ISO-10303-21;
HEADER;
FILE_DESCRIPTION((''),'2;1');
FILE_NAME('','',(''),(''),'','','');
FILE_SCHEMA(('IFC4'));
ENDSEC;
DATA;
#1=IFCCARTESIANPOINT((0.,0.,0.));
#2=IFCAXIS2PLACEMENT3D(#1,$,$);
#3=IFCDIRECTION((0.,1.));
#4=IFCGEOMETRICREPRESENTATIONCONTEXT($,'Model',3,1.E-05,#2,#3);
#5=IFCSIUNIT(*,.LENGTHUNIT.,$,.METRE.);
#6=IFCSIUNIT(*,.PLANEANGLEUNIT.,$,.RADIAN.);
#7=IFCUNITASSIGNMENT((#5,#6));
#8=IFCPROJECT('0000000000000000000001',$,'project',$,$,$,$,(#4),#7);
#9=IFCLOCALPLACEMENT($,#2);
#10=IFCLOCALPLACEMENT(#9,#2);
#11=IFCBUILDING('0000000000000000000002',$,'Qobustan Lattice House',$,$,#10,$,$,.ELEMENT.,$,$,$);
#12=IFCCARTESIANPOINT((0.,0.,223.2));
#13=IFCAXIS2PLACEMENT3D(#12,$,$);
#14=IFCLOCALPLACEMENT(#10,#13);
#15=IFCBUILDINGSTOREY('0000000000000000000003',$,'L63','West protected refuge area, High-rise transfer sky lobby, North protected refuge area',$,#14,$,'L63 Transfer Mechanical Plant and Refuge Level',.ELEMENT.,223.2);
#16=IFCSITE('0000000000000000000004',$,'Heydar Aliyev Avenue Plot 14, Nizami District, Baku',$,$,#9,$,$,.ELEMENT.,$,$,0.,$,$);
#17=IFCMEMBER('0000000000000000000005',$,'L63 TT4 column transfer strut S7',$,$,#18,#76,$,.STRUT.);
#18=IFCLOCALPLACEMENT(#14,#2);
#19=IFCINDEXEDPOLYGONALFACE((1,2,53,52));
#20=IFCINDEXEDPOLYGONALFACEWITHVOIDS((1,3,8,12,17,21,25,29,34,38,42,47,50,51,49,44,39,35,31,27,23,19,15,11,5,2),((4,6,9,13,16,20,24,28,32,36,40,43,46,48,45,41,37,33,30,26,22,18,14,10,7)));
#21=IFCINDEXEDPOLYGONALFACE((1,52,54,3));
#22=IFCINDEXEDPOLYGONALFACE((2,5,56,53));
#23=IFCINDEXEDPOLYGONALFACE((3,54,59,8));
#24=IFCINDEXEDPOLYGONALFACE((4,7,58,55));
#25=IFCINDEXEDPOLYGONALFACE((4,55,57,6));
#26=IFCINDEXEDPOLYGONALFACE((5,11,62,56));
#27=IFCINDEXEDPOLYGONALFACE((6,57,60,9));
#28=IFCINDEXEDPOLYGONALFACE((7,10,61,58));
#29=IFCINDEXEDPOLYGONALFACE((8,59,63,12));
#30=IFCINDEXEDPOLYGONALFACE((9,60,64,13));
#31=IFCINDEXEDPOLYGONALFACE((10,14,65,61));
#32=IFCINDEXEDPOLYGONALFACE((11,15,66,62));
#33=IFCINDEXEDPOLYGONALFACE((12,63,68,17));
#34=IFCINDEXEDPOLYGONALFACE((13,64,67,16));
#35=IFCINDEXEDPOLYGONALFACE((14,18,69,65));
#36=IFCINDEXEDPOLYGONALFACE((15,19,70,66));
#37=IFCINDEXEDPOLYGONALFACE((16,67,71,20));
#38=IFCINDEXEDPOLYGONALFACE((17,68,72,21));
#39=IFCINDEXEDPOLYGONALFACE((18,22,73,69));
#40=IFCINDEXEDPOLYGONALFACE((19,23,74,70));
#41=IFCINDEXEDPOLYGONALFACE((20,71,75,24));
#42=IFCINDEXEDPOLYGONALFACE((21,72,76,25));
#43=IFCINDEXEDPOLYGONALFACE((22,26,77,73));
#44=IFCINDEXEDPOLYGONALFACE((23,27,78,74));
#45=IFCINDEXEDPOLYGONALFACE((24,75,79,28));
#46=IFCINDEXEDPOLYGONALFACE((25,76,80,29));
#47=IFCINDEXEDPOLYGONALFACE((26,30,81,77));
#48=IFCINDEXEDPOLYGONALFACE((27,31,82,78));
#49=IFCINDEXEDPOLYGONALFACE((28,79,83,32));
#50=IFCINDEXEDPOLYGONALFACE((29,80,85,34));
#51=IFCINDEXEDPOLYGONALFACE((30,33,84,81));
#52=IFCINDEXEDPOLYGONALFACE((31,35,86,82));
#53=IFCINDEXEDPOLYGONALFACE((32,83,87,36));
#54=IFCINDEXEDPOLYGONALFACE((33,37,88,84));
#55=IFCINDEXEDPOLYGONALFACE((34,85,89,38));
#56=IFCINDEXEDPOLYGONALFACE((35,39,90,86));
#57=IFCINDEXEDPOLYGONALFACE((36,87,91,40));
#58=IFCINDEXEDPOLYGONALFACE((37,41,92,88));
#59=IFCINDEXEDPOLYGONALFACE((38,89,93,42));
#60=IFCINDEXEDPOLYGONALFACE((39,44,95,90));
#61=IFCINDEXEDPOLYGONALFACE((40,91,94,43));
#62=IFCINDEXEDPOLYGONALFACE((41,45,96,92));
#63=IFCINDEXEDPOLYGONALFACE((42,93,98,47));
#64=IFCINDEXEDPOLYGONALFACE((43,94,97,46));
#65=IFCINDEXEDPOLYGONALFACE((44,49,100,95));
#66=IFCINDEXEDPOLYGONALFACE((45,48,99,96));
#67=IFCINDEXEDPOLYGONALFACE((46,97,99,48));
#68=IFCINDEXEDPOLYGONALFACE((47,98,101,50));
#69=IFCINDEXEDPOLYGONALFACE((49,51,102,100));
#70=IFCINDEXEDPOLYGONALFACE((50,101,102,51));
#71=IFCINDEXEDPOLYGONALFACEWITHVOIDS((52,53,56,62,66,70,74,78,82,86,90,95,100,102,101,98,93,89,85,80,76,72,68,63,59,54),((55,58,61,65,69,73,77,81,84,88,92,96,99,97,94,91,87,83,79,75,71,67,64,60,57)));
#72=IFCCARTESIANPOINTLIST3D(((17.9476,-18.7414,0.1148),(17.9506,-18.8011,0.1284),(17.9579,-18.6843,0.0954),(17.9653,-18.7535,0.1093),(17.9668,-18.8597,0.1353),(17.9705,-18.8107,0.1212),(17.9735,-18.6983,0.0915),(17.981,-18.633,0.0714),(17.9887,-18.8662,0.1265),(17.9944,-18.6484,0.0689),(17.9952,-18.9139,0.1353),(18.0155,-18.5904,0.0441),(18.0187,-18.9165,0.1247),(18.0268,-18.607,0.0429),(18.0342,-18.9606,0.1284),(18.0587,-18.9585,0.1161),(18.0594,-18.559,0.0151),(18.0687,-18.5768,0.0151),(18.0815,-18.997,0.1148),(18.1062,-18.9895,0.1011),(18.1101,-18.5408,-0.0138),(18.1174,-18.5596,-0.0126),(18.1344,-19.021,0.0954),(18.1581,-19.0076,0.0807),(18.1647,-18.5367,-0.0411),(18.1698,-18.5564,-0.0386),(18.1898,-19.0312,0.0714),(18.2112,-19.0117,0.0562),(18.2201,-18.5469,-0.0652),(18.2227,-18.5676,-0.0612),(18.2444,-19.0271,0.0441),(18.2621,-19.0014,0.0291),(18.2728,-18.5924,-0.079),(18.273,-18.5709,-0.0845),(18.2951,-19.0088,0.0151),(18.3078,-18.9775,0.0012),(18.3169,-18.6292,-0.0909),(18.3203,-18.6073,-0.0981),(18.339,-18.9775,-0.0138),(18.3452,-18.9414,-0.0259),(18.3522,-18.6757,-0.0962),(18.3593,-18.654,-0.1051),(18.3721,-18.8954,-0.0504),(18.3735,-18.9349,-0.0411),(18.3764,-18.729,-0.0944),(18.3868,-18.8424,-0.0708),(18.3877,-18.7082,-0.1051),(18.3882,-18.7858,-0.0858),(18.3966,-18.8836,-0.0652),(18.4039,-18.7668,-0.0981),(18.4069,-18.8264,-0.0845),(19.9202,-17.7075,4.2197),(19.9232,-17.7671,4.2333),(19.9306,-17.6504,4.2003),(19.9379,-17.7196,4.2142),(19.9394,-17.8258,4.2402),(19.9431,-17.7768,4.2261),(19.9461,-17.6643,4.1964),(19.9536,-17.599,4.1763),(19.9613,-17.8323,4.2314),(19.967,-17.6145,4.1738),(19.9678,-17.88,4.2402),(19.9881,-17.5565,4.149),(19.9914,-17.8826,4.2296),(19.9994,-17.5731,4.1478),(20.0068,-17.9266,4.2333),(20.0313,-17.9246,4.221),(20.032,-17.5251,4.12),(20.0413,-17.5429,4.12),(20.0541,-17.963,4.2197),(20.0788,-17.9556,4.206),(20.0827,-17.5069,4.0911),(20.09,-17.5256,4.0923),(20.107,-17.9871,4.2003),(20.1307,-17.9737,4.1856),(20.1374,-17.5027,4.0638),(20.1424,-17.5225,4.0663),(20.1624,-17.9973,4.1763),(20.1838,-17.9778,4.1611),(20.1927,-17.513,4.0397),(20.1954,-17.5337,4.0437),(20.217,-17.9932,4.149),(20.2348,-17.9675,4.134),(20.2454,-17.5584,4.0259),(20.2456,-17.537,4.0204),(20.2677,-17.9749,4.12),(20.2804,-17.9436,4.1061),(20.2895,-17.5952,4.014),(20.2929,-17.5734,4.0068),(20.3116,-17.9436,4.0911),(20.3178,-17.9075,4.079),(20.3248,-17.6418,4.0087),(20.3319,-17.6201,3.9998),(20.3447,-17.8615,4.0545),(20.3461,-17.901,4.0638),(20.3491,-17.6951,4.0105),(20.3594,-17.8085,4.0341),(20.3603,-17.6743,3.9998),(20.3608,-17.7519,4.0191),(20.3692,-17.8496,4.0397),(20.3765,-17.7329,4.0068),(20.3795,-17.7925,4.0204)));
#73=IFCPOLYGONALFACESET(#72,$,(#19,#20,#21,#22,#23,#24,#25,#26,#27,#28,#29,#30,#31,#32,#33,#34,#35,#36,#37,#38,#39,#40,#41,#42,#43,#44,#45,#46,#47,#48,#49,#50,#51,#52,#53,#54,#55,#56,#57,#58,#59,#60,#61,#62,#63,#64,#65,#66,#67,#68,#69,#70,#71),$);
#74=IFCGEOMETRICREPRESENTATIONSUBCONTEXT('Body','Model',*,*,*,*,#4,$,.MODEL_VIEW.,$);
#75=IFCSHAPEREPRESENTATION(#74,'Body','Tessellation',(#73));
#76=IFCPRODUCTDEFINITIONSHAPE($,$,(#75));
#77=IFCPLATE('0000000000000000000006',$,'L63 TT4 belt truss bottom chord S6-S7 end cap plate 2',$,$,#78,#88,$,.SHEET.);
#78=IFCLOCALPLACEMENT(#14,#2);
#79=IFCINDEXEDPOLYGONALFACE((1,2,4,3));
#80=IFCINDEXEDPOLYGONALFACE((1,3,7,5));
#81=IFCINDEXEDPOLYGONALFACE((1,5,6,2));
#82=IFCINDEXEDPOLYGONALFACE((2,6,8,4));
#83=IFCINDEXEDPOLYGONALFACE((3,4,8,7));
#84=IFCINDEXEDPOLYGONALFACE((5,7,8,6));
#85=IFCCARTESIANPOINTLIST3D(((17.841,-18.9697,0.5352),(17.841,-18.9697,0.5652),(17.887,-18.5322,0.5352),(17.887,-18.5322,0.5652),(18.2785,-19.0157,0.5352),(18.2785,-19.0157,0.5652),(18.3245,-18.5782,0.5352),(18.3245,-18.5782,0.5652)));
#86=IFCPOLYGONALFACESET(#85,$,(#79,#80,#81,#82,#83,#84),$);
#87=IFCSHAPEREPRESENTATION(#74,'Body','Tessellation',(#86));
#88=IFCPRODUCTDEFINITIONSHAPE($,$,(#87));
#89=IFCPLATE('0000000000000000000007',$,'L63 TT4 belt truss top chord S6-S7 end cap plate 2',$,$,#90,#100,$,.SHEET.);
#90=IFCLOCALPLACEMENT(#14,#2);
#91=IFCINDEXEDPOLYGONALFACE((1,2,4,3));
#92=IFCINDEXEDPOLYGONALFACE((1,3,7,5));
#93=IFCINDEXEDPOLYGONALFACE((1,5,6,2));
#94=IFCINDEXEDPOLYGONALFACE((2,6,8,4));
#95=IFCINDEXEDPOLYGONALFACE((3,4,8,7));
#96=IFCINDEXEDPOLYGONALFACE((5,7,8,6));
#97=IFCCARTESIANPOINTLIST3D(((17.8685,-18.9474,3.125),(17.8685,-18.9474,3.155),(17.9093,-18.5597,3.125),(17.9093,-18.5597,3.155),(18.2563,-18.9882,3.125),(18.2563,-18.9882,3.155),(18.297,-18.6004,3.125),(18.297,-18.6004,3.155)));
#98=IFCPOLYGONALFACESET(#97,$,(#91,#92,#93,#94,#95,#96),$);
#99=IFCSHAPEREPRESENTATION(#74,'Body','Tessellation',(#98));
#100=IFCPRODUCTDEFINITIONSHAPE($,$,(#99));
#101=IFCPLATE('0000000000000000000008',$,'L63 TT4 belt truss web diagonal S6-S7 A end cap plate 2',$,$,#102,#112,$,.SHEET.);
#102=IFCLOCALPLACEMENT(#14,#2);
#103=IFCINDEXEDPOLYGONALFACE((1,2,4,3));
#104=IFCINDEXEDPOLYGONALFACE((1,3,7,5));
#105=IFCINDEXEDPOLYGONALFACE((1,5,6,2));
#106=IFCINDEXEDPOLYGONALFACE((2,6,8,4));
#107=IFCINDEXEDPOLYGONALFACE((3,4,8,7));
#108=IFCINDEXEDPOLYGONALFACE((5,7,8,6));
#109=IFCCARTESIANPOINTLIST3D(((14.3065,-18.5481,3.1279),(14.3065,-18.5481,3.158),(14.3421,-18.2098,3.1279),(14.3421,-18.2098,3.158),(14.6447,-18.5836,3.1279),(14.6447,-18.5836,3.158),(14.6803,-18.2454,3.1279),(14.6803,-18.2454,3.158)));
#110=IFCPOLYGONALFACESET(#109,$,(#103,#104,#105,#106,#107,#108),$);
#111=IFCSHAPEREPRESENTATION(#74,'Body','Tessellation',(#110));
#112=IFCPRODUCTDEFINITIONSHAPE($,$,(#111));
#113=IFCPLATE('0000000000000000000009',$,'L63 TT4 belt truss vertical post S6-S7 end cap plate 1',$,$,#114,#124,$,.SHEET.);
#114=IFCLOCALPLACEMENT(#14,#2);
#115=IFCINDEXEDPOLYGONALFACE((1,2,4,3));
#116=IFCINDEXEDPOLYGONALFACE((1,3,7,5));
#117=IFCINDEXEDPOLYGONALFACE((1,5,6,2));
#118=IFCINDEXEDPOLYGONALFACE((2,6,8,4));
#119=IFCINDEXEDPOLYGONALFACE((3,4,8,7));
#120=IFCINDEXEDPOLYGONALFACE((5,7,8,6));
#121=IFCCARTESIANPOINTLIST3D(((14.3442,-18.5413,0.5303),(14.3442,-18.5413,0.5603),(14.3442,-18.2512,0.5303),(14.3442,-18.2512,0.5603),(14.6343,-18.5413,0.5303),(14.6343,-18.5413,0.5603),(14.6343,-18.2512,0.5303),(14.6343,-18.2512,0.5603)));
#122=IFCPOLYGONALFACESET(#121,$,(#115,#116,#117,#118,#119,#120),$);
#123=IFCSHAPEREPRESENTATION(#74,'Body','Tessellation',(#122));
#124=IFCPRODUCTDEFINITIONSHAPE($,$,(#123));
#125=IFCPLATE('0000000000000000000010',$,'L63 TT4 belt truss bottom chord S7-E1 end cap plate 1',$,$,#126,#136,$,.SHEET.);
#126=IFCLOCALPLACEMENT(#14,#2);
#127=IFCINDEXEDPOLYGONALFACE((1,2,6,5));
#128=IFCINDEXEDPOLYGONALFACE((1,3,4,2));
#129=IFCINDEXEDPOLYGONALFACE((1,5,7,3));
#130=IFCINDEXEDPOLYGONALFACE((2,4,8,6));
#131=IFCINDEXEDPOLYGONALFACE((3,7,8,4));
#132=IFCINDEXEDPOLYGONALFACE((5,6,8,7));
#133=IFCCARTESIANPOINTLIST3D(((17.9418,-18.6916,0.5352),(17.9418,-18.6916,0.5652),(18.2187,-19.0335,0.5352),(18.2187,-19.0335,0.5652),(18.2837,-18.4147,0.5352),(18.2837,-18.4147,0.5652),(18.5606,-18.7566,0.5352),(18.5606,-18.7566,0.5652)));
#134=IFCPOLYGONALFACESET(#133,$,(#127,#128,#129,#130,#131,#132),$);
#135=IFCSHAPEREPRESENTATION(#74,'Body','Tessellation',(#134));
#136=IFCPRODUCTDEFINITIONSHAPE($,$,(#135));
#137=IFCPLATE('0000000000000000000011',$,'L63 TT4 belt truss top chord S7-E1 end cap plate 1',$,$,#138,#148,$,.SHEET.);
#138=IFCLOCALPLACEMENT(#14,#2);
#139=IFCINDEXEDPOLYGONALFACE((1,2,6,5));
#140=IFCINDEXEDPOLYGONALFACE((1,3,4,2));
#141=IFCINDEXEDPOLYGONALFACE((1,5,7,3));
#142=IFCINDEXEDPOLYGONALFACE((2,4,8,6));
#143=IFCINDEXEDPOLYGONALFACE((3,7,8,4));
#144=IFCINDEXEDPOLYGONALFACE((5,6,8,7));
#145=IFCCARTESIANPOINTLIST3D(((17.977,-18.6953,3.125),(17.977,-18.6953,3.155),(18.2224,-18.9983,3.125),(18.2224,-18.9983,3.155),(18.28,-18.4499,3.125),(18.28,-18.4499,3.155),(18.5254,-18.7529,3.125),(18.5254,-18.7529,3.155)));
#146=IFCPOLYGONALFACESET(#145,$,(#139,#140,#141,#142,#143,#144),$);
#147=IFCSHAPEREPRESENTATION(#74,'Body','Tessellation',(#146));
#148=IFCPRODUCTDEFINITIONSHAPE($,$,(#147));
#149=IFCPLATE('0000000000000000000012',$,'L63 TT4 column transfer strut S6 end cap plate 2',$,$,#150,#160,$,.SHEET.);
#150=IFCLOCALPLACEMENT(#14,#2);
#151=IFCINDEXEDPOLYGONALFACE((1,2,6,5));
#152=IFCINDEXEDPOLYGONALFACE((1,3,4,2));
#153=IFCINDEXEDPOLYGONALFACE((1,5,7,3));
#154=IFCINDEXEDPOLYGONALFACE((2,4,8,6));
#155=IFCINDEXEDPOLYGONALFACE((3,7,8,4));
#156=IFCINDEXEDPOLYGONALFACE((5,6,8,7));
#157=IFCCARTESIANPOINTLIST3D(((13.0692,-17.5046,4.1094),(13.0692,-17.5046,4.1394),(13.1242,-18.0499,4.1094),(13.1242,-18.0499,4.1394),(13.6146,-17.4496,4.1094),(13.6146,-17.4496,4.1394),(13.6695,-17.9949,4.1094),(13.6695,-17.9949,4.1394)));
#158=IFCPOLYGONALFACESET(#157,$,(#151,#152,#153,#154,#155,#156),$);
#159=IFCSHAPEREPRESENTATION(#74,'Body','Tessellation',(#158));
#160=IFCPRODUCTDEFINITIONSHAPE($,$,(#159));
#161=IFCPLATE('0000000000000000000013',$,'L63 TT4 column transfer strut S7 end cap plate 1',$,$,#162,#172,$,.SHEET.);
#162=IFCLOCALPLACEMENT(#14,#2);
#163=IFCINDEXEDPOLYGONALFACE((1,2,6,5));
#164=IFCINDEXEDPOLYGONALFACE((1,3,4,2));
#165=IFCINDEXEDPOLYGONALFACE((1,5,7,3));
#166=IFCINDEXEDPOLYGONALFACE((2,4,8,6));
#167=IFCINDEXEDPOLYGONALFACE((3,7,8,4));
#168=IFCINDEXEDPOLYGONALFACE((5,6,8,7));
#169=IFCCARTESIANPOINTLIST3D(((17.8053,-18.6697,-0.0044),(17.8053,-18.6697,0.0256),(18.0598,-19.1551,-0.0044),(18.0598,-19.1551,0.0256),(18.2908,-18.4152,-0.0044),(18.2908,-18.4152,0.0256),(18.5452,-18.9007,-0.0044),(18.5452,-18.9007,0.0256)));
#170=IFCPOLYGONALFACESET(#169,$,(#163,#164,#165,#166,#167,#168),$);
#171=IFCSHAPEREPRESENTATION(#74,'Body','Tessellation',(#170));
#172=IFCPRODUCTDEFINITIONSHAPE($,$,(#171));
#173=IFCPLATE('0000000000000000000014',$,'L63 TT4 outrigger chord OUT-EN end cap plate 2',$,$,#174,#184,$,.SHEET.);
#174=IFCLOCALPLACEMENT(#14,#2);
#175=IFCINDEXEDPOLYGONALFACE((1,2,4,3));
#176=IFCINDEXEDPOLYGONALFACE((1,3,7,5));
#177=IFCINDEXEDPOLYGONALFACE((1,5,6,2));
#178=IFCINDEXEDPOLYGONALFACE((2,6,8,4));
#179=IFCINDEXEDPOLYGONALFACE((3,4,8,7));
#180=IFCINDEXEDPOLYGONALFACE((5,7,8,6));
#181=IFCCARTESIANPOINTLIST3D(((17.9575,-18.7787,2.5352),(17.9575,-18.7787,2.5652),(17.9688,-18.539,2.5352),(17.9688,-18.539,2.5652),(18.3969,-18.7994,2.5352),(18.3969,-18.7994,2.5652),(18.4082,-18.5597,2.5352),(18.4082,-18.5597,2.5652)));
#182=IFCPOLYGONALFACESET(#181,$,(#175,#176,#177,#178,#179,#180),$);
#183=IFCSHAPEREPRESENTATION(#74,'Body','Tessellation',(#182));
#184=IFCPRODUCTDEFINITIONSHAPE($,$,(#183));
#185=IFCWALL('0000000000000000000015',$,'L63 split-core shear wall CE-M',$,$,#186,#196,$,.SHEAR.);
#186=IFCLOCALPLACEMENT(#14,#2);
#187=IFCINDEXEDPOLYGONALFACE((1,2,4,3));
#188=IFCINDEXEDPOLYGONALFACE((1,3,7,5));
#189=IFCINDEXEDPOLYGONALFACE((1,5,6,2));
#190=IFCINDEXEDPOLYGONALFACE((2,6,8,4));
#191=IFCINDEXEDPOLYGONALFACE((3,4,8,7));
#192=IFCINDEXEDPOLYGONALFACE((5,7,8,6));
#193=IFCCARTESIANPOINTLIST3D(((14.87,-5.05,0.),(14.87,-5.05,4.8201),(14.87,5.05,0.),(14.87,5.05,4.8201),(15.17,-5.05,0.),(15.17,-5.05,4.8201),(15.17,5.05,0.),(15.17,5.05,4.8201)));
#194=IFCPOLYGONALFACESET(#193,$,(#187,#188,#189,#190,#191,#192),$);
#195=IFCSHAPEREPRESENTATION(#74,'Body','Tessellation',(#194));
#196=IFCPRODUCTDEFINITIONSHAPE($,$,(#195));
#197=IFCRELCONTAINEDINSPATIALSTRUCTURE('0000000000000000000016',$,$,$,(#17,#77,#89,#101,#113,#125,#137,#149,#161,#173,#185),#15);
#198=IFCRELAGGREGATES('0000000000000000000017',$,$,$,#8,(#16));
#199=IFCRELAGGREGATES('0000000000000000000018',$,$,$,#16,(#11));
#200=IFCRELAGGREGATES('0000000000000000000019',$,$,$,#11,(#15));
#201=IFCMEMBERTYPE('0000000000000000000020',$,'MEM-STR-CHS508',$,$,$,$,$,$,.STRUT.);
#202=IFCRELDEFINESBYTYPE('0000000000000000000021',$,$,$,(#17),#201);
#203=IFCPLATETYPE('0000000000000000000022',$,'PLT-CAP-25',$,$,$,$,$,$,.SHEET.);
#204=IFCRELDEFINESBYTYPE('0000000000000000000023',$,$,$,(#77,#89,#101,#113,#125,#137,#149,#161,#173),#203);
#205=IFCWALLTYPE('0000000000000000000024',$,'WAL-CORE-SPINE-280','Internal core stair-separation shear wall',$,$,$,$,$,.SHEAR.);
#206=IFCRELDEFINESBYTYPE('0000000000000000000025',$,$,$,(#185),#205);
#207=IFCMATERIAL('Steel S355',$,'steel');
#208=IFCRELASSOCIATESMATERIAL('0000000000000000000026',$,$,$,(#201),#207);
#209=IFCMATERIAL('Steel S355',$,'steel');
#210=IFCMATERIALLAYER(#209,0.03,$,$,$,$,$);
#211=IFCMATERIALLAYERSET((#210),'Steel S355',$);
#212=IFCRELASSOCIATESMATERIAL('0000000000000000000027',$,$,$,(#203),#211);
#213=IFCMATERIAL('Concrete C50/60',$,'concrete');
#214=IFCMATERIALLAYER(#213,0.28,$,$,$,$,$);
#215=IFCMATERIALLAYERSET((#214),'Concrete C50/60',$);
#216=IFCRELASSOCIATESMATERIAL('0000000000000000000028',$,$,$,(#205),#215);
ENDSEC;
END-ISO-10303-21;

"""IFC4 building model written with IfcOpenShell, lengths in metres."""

from ifc_helpers import new_model, si_unit, direction, frame, frame_2d, origin, origin_2d, place, context, subcontext, project, spatial, rectangle, hollow_circle, extrude, material, layer, layer_set, material_profile, profile_set, type_object, element, save


model = new_model("IFC4")

# Units and contexts
model_context = context("Model", 3, precision=1e-05, world=origin(), true_north=direction((0.0, 1.0)))
body_context = subcontext(model_context, "Body", "Model", "MODEL_VIEW")
ifc_project = project(units=[si_unit("LENGTHUNIT", "METRE"), si_unit("PLANEANGLEUNIT", "RADIAN")], contexts=[model_context])

# Site, building, storey
site_placement = place(None, origin())
site = spatial("IfcSite", under=ifc_project, at=site_placement, Name="Heydar Aliyev Avenue Plot 14, Nizami District, Baku", CompositionType="ELEMENT", RefElevation=0.0)
building_placement = place(site_placement, origin())
building = spatial("IfcBuilding", under=site, at=building_placement, Name="Qobustan Lattice House", CompositionType="ELEMENT")
storey_placement = place(building_placement, frame((0.0, 0.0, 223.2)))
storey = spatial("IfcBuildingStorey", under=building, at=storey_placement, Name="L63", Description="West protected refuge area, High-rise transfer sky lobby, North protected refuge area", LongName="L63 Transfer Mechanical Plant and Refuge Level", CompositionType="ELEMENT", Elevation=223.2)

# Member
ifc_material_1 = material(Name="Steel S355", Category="steel")
ifc_material_profile_1 = material_profile(ifc_material_1, hollow_circle(Radius=0.2539, WallThickness=0.02, at=origin_2d()), Name="CHS508x20")
ifc_profile_set_1 = profile_set([ifc_material_profile_1], Name="Steel S355")
member_type_1 = type_object("IfcMemberType", Name="MEM-STR-CHS508", PredefinedType="STRUT", material=ifc_profile_set_1)
member_1_placement = place(storey_placement, frame((18.1772, -18.7839, 0.0151), z_axis=(0.422387, 0.221387, 0.878963), x_axis=(-0.464232, 0.885714, 0.0)))
element("IfcMember", 1, at=member_1_placement, inside=storey, type_object=member_type_1, Name="L63 TT4 column transfer strut S7", PredefinedType="STRUT", context=body_context, shape_type="SweptSolid", body=[
    extrude(hollow_circle(Radius=0.2539, WallThickness=0.02, at=origin_2d()), origin(), (0.0, 0.0, 1.0), 4.6702),
])

# Plates
ifc_material_2 = material(Name="Steel S355", Category="steel")
ifc_layer_1 = layer(ifc_material_2, 0.03)
ifc_layer_set_1 = layer_set([ifc_layer_1], Name="Steel S355")
plate_type = type_object("IfcPlateType", Name="PLT-CAP-25", PredefinedType="SHEET", material=ifc_layer_set_1)
plate_1_placement = place(storey_placement, frame((18.0828, -18.7739, 0.5352), z_axis=(0.0, 0.0, 1.0), x_axis=(0.994522, -0.104528, 0.0)))
element("IfcPlate", 2, at=plate_1_placement, inside=storey, type_object=plate_type, Name="L63 TT4 belt truss bottom chord S6-S7 end cap plate 2", PredefinedType="SHEET", context=body_context, shape_type="SweptSolid", body=[
    extrude(rectangle(XDim=0.4399, YDim=0.4399, at=origin_2d()), origin(), (0.0, 0.0, 1.0), 0.03),
])
plate_2_placement = place(storey_placement, frame((18.0828, -18.7739, 3.125), z_axis=(0.0, 0.0, 1.0), x_axis=(0.994522, -0.104528, 0.0)))
element("IfcPlate", 3, at=plate_2_placement, inside=storey, type_object=plate_type, Name="L63 TT4 belt truss top chord S6-S7 end cap plate 2", PredefinedType="SHEET", context=body_context, shape_type="SweptSolid", body=[
    extrude(rectangle(XDim=0.3899, YDim=0.3899, at=origin_2d()), origin(), (0.0, 0.0, 1.0), 0.03),
])
plate_3_placement = place(storey_placement, frame((14.4934, -18.3967, 3.1279), z_axis=(0.0, 0.0, 1.0), x_axis=(0.994524, -0.104511, 0.0)))
element("IfcPlate", 4, at=plate_3_placement, inside=storey, type_object=plate_type, Name="L63 TT4 belt truss web diagonal S6-S7 A end cap plate 2", PredefinedType="SHEET", context=body_context, shape_type="SweptSolid", body=[
    extrude(rectangle(XDim=0.3401, YDim=0.3401, at=origin_2d()), origin(), (0.0, 0.0, 1.0), 0.03),
])
plate_4_placement = place(storey_placement, frame((14.4893, -18.3962, 0.5303), z_axis=(0.0, 0.0, 1.0), x_axis=(1.0, 0.0, 0.0)))
element("IfcPlate", 5, at=plate_4_placement, inside=storey, type_object=plate_type, Name="L63 TT4 belt truss vertical post S6-S7 end cap plate 1", PredefinedType="SHEET", context=body_context, shape_type="SweptSolid", body=[
    extrude(rectangle(XDim=0.29, YDim=0.29, at=origin_2d()), origin(), (0.0, 0.0, 1.0), 0.03),
])
plate_5_placement = place(storey_placement, frame((18.2512, -18.7241, 0.5352), z_axis=(0.0, 0.0, 1.0), x_axis=(0.777135, 0.629334, 0.0)))
element("IfcPlate", 6, at=plate_5_placement, inside=storey, type_object=plate_type, Name="L63 TT4 belt truss bottom chord S7-E1 end cap plate 1", PredefinedType="SHEET", context=body_context, shape_type="SweptSolid", body=[
    extrude(rectangle(XDim=0.4399, YDim=0.4399, at=origin_2d()), origin(), (0.0, 0.0, 1.0), 0.03),
])
plate_6_placement = place(storey_placement, frame((18.2512, -18.7241, 3.125), z_axis=(0.0, 0.0, 1.0), x_axis=(0.777135, 0.629334, 0.0)))
element("IfcPlate", 7, at=plate_6_placement, inside=storey, type_object=plate_type, Name="L63 TT4 belt truss top chord S7-E1 end cap plate 1", PredefinedType="SHEET", context=body_context, shape_type="SweptSolid", body=[
    extrude(rectangle(XDim=0.3899, YDim=0.3899, at=origin_2d()), origin(), (0.0, 0.0, 1.0), 0.03),
])
for number, where, z_axis, x_axis, name in (
    (8, (13.3694, -17.7498, 4.1094), (0.0, 0.0, 1.0), (0.994955, 0.100327, 0.0), "L63 TT4 column transfer strut S6 end cap plate 2"),
    (9, (18.1753, -18.7852, -0.0044), (0.0, 0.0, 1.0), (0.88571, 0.464239, 0.0), "L63 TT4 column transfer strut S7 end cap plate 1"),
):
    element("IfcPlate", number, at=place(storey_placement, frame(where, z_axis=z_axis, x_axis=x_axis)), inside=storey, type_object=plate_type, Name=name, PredefinedType="SHEET", context=body_context, shape_type="SweptSolid", body=[
        extrude(rectangle(XDim=0.5481, YDim=0.5481, at=origin_2d()), origin(), (0.0, 0.0, 1.0), 0.03),
    ])
plate_7_placement = place(storey_placement, frame((18.1829, -18.6692, 2.5352), z_axis=(0.0, 0.0, 1.0), x_axis=(-0.047176, -0.998887, 0.0)))
element("IfcPlate", 10, at=plate_7_placement, inside=storey, type_object=plate_type, Name="L63 TT4 outrigger chord OUT-EN end cap plate 2", PredefinedType="SHEET", context=body_context, shape_type="SweptSolid", body=[
    extrude(rectangle(XDim=0.24, YDim=0.4399, at=origin_2d()), origin(), (0.0, 0.0, 1.0), 0.03),
])

# Wall
ifc_material_3 = material(Name="Concrete C50/60", Category="concrete")
ifc_layer_2 = layer(ifc_material_3, 0.28)
ifc_layer_set_2 = layer_set([ifc_layer_2], Name="Concrete C50/60")
wall_type_1 = type_object("IfcWallType", Name="WAL-CORE-SPINE-280", Description="Internal core stair-separation shear wall", PredefinedType="SHEAR", material=ifc_layer_set_2)
wall_1_placement = place(storey_placement, frame((15.02, -5.05, 0.0), z_axis=(0.0, 0.0, 1.0), x_axis=(0.0, 1.0, 0.0)))
element("IfcWall", 11, at=wall_1_placement, inside=storey, type_object=wall_type_1, Name="L63 split-core shear wall CE-M", PredefinedType="SHEAR", context=body_context, shape_type="SweptSolid", body=[
    extrude(rectangle(XDim=10.1001, YDim=0.3, at=frame_2d((5.05, 0.0))), origin(), (0.0, 0.0, 1.0), 4.8201),
])

save(model, "model.ifc")
